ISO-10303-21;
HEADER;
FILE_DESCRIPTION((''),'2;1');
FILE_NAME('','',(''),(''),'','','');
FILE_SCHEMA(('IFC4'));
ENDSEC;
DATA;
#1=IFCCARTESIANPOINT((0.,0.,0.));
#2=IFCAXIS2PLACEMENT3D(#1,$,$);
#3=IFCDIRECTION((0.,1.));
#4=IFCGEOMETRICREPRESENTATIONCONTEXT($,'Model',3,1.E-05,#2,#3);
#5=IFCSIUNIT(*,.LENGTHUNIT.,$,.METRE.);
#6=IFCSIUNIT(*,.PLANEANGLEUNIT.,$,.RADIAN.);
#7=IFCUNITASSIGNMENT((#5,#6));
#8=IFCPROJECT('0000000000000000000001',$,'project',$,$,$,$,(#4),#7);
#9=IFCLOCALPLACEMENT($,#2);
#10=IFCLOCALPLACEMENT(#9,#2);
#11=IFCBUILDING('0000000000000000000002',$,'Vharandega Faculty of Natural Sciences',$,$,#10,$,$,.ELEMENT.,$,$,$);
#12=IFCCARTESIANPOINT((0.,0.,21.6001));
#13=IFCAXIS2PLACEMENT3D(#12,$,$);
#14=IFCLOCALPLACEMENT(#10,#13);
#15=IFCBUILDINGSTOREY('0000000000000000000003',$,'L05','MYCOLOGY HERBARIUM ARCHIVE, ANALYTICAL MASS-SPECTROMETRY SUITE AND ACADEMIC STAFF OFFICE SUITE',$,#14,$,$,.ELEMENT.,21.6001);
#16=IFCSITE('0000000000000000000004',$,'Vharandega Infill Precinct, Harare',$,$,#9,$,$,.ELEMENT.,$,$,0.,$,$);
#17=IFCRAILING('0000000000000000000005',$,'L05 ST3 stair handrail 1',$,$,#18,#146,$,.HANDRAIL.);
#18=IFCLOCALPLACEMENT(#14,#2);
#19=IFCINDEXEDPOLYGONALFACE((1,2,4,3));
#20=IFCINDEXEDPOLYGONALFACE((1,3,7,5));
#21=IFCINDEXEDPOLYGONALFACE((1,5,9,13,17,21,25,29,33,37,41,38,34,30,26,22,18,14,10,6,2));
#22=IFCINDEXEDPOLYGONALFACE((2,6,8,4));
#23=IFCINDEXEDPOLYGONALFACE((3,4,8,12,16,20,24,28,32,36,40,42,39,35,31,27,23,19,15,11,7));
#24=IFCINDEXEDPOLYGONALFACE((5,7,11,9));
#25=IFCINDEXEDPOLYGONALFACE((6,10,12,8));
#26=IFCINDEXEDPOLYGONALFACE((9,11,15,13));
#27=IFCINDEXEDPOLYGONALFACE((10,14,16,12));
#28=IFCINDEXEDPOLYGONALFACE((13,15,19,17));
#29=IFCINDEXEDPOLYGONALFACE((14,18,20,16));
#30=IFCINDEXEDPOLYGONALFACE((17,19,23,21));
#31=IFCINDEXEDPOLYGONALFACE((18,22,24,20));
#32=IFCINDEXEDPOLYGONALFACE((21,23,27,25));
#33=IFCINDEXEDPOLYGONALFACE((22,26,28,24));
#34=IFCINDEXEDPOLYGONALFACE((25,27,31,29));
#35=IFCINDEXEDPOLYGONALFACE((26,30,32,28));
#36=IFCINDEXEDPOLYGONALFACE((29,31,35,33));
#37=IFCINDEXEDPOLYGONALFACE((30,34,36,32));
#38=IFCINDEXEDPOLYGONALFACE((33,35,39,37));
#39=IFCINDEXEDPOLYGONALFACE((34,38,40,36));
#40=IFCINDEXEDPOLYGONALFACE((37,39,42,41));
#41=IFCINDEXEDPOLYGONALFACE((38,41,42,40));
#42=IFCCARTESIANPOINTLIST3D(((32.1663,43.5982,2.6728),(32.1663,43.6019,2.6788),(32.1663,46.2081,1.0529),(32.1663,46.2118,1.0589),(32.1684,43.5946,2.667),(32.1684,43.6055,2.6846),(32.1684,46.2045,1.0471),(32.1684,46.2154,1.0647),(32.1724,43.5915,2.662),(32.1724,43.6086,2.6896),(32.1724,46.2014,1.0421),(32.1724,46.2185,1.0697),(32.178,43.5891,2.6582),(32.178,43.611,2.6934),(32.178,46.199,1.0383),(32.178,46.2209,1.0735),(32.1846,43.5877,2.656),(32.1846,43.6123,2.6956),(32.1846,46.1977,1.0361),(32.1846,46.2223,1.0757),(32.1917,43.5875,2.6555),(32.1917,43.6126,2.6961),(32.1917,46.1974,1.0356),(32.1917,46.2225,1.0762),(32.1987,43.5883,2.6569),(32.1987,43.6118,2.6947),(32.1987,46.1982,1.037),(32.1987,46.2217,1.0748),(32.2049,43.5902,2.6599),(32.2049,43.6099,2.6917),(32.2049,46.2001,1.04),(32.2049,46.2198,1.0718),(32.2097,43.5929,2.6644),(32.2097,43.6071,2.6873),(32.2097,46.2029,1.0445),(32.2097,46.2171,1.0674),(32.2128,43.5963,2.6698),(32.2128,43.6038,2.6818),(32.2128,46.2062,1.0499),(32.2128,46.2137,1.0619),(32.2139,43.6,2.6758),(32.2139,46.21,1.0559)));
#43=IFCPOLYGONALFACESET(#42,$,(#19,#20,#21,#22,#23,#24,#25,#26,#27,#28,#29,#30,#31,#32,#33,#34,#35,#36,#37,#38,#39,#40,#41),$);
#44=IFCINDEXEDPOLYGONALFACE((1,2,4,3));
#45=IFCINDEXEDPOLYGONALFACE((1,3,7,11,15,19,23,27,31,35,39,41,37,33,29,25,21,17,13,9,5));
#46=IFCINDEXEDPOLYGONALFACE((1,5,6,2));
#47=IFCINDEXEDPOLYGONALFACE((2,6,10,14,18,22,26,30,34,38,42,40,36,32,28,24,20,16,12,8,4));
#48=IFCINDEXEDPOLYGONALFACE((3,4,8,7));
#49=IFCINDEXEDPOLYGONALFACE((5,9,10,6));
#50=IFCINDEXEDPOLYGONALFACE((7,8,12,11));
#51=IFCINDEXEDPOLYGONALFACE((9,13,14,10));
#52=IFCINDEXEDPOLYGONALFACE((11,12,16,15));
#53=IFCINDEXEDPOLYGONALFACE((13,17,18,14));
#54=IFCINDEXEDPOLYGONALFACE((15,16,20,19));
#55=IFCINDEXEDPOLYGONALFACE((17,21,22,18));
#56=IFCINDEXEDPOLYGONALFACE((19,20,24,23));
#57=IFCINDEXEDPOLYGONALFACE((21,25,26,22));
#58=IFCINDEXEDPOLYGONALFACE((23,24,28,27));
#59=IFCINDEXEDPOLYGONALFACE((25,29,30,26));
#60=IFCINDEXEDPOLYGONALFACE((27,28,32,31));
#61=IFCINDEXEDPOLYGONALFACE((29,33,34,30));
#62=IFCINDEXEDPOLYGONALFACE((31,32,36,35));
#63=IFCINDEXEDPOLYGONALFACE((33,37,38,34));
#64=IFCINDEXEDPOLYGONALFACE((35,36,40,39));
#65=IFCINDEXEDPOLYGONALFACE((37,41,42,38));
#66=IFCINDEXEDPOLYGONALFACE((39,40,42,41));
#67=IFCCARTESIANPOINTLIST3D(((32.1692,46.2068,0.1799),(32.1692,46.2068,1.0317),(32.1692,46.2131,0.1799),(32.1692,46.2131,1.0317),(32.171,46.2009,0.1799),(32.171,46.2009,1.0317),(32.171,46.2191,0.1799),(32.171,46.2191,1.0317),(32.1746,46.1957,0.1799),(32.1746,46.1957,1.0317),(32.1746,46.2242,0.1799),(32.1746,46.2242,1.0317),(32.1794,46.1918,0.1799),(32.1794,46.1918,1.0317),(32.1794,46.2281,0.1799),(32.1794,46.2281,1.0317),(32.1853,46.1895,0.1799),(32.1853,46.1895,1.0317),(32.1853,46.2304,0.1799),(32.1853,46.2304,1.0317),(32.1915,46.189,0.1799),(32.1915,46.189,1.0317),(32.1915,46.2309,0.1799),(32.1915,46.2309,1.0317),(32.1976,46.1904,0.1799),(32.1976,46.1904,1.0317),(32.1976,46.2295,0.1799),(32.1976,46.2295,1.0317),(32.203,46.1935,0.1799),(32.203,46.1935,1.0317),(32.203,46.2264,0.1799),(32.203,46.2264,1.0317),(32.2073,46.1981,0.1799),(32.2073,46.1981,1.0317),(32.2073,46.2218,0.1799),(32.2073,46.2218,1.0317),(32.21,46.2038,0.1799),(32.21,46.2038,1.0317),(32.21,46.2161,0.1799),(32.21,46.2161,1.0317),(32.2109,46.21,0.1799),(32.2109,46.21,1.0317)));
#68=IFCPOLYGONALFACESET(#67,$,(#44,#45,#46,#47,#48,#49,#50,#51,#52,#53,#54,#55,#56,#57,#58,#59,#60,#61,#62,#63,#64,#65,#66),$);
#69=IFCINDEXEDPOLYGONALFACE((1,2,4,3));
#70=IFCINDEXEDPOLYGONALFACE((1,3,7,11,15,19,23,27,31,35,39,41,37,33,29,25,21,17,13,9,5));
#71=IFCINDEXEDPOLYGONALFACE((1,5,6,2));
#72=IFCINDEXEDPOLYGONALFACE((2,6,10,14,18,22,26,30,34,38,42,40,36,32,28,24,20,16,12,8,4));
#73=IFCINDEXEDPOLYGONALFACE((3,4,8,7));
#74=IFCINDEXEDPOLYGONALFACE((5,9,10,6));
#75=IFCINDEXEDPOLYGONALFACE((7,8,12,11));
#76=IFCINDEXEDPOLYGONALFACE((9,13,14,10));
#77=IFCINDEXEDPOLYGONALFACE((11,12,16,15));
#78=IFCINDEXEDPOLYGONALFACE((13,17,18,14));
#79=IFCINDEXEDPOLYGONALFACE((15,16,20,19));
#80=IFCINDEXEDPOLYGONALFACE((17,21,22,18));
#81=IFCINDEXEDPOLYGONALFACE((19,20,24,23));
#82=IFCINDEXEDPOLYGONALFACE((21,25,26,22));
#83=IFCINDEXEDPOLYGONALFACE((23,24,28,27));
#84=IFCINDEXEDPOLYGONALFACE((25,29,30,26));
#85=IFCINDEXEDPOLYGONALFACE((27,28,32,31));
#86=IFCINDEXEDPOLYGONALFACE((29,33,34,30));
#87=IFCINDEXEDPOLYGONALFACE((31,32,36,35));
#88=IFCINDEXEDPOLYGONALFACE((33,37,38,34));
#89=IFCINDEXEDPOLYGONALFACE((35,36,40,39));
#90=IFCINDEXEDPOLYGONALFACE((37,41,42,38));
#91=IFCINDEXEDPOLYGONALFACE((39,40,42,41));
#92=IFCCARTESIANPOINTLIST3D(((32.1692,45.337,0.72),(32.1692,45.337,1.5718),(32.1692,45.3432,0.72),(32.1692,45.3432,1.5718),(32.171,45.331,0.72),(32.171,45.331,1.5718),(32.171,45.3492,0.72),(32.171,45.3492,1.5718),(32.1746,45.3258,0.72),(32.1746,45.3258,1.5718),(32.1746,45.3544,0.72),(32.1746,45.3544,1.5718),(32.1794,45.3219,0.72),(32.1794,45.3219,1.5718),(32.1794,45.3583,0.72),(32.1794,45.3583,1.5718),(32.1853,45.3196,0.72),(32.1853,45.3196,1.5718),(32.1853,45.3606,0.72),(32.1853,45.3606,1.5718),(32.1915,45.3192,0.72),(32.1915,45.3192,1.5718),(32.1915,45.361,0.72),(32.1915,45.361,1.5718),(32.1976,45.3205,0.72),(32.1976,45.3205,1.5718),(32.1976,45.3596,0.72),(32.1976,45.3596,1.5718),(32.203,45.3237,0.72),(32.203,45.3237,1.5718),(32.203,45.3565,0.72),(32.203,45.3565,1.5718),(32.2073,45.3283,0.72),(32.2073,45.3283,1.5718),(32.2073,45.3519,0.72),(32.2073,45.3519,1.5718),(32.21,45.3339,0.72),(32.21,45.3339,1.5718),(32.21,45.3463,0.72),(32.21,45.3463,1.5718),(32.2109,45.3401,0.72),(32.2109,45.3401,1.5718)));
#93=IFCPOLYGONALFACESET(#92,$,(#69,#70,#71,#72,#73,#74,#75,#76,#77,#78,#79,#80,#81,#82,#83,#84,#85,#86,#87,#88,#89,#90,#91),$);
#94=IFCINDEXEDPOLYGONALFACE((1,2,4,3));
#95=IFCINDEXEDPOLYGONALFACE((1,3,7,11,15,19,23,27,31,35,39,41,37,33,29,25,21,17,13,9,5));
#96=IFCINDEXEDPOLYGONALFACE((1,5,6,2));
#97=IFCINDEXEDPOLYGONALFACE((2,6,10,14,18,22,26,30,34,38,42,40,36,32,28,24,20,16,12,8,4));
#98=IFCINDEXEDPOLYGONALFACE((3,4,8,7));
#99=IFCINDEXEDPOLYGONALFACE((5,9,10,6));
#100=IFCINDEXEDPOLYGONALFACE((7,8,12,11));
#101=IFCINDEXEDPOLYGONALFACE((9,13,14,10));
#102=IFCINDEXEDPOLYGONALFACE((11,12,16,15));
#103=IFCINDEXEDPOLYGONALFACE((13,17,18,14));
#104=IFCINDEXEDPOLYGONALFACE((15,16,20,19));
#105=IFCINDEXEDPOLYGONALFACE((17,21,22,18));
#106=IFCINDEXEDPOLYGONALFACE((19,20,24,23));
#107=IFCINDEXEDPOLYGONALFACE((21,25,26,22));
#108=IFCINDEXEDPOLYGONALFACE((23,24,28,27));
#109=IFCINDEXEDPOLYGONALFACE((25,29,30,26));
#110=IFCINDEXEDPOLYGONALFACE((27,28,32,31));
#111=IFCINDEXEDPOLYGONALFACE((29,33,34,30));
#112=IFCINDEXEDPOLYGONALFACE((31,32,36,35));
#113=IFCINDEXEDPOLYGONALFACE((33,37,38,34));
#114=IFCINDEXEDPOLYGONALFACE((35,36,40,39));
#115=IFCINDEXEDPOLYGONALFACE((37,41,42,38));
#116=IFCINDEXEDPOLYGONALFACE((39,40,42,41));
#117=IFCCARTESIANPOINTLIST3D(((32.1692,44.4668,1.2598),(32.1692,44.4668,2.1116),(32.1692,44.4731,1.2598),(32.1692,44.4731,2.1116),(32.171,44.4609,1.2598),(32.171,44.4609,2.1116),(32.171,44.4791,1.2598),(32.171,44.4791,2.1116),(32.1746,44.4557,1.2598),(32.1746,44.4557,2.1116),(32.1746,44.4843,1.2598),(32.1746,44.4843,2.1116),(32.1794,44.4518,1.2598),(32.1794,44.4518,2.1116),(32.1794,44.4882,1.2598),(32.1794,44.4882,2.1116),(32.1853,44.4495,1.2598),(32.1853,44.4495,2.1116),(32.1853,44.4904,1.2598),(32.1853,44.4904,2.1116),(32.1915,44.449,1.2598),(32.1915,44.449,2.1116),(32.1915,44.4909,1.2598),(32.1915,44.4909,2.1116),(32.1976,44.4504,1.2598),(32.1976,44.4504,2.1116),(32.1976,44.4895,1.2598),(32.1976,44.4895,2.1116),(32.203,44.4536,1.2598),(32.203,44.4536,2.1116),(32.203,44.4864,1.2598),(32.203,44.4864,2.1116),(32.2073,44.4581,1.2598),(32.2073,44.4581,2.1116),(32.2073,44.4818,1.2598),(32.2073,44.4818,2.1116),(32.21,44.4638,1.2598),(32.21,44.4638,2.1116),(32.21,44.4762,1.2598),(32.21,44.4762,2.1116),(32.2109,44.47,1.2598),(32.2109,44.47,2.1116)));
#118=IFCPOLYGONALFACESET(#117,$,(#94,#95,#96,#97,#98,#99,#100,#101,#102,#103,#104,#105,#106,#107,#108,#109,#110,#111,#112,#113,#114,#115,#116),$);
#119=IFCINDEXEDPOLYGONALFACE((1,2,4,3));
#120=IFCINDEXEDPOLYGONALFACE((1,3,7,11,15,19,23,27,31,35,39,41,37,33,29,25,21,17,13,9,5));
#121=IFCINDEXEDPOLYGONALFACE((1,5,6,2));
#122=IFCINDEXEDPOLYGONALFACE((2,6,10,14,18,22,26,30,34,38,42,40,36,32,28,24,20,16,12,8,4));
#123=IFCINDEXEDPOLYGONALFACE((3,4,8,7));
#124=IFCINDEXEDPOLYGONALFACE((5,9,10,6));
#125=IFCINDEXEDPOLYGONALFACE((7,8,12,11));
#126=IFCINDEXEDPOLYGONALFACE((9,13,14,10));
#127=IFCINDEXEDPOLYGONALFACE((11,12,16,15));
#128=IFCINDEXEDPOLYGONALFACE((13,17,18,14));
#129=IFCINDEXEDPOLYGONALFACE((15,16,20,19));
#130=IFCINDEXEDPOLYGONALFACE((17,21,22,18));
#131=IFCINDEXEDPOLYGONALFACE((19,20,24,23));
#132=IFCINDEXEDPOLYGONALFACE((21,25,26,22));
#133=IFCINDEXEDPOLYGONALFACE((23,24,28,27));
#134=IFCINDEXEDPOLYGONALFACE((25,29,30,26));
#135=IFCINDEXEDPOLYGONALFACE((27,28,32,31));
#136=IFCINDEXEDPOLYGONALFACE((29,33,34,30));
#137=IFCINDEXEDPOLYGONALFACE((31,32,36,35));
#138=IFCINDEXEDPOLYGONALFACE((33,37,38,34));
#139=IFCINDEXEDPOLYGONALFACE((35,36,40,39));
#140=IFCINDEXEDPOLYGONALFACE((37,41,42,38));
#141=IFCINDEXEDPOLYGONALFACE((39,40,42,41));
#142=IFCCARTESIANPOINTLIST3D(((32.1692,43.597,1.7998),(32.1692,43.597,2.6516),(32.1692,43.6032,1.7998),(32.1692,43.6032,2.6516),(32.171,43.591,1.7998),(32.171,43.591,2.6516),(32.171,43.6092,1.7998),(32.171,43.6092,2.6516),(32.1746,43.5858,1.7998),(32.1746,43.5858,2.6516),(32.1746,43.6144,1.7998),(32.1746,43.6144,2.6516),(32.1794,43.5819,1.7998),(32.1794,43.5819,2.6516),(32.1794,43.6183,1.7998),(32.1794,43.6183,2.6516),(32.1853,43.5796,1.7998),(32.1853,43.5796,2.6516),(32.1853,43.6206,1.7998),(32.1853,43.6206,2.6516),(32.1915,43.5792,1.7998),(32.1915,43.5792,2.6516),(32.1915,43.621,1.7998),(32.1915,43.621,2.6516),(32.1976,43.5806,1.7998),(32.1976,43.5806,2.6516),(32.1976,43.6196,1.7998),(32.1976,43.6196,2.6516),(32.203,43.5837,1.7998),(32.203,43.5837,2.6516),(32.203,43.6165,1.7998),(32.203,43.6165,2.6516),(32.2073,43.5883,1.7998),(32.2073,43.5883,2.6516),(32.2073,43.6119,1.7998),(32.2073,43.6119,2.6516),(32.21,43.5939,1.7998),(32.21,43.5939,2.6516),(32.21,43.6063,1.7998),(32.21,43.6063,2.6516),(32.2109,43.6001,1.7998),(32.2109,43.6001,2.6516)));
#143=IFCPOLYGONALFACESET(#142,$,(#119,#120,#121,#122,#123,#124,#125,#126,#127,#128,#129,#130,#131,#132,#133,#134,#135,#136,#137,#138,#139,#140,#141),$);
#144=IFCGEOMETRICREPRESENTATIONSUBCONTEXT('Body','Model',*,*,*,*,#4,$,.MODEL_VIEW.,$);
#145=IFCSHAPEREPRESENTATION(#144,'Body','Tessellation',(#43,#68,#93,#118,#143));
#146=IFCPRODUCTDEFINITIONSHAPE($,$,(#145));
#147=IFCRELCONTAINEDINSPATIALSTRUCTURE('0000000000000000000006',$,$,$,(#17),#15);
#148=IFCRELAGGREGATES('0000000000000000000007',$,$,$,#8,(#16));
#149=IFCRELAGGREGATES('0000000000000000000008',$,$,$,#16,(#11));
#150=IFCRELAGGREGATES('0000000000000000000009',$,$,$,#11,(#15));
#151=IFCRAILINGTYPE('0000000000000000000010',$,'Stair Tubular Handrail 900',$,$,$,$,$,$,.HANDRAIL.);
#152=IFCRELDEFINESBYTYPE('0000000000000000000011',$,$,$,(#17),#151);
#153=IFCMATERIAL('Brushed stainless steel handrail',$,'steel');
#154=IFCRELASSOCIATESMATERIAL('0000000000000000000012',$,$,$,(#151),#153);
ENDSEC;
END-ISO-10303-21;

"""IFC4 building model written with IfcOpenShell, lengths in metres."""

from ifc_helpers import new_model, si_unit, direction, frame, origin, origin_2d, place, context, subcontext, project, spatial, circle, extrude, material, type_object, element, save


model = new_model("IFC4")

# Units and contexts
model_context = context("Model", 3, precision=1e-05, world=origin(), true_north=direction((0.0, 1.0)))
body_context = subcontext(model_context, "Body", "Model", "MODEL_VIEW")
ifc_project = project(units=[si_unit("LENGTHUNIT", "METRE"), si_unit("PLANEANGLEUNIT", "RADIAN")], contexts=[model_context])

# Site, building, storey
site_placement = place(None, origin())
site = spatial("IfcSite", under=ifc_project, at=site_placement, Name="Vharandega Infill Precinct, Harare", CompositionType="ELEMENT", RefElevation=0.0)
building_placement = place(site_placement, origin())
building = spatial("IfcBuilding", under=site, at=building_placement, Name="Vharandega Faculty of Natural Sciences", CompositionType="ELEMENT")
storey_placement = place(building_placement, frame((0.0, 0.0, 21.6001)))
storey = spatial("IfcBuildingStorey", under=building, at=storey_placement, Name="L05", Description="MYCOLOGY HERBARIUM ARCHIVE, ANALYTICAL MASS-SPECTROMETRY SUITE AND ACADEMIC STAFF OFFICE SUITE", CompositionType="ELEMENT", Elevation=21.6001)

# Railing
ifc_material_1 = material(Name="Brushed stainless steel handrail", Category="steel")
railing_type_1 = type_object("IfcRailingType", Name="Stair Tubular Handrail 900", PredefinedType="HANDRAIL", material=ifc_material_1)
railing_1_placement = place(storey_placement, frame((32.1899, 46.21, 0.1799)))
element("IfcRailing", 1, at=railing_1_placement, inside=storey, type_object=railing_type_1, Name="L05 ST3 stair handrail 1", PredefinedType="HANDRAIL", context=body_context, shape_type="SweptSolid", body=[
    extrude(circle(Radius=0.0239, at=origin_2d()), frame((0.0, 0.0, 0.876), z_axis=(0.0, -0.849646, 0.527353), x_axis=(1.0, 0.0, 0.0)), (0.0, 0.0, 1.0), 3.0718),
    extrude(circle(Radius=0.021, at=origin_2d()), origin(), (0.0, 0.0, 1.0), 0.8518),
    extrude(circle(Radius=0.021, at=origin_2d()), frame((0.0, -0.8699, 0.54)), (0.0, 0.0, 1.0), 0.8518),
    extrude(circle(Radius=0.021, at=origin_2d()), frame((0.0, -1.74, 1.0798)), (0.0, 0.0, 1.0), 0.8518),
    extrude(circle(Radius=0.021, at=origin_2d()), frame((0.0, -2.6099, 1.6199)), (0.0, 0.0, 1.0), 0.8518),
])

save(model, "model.ifc")
